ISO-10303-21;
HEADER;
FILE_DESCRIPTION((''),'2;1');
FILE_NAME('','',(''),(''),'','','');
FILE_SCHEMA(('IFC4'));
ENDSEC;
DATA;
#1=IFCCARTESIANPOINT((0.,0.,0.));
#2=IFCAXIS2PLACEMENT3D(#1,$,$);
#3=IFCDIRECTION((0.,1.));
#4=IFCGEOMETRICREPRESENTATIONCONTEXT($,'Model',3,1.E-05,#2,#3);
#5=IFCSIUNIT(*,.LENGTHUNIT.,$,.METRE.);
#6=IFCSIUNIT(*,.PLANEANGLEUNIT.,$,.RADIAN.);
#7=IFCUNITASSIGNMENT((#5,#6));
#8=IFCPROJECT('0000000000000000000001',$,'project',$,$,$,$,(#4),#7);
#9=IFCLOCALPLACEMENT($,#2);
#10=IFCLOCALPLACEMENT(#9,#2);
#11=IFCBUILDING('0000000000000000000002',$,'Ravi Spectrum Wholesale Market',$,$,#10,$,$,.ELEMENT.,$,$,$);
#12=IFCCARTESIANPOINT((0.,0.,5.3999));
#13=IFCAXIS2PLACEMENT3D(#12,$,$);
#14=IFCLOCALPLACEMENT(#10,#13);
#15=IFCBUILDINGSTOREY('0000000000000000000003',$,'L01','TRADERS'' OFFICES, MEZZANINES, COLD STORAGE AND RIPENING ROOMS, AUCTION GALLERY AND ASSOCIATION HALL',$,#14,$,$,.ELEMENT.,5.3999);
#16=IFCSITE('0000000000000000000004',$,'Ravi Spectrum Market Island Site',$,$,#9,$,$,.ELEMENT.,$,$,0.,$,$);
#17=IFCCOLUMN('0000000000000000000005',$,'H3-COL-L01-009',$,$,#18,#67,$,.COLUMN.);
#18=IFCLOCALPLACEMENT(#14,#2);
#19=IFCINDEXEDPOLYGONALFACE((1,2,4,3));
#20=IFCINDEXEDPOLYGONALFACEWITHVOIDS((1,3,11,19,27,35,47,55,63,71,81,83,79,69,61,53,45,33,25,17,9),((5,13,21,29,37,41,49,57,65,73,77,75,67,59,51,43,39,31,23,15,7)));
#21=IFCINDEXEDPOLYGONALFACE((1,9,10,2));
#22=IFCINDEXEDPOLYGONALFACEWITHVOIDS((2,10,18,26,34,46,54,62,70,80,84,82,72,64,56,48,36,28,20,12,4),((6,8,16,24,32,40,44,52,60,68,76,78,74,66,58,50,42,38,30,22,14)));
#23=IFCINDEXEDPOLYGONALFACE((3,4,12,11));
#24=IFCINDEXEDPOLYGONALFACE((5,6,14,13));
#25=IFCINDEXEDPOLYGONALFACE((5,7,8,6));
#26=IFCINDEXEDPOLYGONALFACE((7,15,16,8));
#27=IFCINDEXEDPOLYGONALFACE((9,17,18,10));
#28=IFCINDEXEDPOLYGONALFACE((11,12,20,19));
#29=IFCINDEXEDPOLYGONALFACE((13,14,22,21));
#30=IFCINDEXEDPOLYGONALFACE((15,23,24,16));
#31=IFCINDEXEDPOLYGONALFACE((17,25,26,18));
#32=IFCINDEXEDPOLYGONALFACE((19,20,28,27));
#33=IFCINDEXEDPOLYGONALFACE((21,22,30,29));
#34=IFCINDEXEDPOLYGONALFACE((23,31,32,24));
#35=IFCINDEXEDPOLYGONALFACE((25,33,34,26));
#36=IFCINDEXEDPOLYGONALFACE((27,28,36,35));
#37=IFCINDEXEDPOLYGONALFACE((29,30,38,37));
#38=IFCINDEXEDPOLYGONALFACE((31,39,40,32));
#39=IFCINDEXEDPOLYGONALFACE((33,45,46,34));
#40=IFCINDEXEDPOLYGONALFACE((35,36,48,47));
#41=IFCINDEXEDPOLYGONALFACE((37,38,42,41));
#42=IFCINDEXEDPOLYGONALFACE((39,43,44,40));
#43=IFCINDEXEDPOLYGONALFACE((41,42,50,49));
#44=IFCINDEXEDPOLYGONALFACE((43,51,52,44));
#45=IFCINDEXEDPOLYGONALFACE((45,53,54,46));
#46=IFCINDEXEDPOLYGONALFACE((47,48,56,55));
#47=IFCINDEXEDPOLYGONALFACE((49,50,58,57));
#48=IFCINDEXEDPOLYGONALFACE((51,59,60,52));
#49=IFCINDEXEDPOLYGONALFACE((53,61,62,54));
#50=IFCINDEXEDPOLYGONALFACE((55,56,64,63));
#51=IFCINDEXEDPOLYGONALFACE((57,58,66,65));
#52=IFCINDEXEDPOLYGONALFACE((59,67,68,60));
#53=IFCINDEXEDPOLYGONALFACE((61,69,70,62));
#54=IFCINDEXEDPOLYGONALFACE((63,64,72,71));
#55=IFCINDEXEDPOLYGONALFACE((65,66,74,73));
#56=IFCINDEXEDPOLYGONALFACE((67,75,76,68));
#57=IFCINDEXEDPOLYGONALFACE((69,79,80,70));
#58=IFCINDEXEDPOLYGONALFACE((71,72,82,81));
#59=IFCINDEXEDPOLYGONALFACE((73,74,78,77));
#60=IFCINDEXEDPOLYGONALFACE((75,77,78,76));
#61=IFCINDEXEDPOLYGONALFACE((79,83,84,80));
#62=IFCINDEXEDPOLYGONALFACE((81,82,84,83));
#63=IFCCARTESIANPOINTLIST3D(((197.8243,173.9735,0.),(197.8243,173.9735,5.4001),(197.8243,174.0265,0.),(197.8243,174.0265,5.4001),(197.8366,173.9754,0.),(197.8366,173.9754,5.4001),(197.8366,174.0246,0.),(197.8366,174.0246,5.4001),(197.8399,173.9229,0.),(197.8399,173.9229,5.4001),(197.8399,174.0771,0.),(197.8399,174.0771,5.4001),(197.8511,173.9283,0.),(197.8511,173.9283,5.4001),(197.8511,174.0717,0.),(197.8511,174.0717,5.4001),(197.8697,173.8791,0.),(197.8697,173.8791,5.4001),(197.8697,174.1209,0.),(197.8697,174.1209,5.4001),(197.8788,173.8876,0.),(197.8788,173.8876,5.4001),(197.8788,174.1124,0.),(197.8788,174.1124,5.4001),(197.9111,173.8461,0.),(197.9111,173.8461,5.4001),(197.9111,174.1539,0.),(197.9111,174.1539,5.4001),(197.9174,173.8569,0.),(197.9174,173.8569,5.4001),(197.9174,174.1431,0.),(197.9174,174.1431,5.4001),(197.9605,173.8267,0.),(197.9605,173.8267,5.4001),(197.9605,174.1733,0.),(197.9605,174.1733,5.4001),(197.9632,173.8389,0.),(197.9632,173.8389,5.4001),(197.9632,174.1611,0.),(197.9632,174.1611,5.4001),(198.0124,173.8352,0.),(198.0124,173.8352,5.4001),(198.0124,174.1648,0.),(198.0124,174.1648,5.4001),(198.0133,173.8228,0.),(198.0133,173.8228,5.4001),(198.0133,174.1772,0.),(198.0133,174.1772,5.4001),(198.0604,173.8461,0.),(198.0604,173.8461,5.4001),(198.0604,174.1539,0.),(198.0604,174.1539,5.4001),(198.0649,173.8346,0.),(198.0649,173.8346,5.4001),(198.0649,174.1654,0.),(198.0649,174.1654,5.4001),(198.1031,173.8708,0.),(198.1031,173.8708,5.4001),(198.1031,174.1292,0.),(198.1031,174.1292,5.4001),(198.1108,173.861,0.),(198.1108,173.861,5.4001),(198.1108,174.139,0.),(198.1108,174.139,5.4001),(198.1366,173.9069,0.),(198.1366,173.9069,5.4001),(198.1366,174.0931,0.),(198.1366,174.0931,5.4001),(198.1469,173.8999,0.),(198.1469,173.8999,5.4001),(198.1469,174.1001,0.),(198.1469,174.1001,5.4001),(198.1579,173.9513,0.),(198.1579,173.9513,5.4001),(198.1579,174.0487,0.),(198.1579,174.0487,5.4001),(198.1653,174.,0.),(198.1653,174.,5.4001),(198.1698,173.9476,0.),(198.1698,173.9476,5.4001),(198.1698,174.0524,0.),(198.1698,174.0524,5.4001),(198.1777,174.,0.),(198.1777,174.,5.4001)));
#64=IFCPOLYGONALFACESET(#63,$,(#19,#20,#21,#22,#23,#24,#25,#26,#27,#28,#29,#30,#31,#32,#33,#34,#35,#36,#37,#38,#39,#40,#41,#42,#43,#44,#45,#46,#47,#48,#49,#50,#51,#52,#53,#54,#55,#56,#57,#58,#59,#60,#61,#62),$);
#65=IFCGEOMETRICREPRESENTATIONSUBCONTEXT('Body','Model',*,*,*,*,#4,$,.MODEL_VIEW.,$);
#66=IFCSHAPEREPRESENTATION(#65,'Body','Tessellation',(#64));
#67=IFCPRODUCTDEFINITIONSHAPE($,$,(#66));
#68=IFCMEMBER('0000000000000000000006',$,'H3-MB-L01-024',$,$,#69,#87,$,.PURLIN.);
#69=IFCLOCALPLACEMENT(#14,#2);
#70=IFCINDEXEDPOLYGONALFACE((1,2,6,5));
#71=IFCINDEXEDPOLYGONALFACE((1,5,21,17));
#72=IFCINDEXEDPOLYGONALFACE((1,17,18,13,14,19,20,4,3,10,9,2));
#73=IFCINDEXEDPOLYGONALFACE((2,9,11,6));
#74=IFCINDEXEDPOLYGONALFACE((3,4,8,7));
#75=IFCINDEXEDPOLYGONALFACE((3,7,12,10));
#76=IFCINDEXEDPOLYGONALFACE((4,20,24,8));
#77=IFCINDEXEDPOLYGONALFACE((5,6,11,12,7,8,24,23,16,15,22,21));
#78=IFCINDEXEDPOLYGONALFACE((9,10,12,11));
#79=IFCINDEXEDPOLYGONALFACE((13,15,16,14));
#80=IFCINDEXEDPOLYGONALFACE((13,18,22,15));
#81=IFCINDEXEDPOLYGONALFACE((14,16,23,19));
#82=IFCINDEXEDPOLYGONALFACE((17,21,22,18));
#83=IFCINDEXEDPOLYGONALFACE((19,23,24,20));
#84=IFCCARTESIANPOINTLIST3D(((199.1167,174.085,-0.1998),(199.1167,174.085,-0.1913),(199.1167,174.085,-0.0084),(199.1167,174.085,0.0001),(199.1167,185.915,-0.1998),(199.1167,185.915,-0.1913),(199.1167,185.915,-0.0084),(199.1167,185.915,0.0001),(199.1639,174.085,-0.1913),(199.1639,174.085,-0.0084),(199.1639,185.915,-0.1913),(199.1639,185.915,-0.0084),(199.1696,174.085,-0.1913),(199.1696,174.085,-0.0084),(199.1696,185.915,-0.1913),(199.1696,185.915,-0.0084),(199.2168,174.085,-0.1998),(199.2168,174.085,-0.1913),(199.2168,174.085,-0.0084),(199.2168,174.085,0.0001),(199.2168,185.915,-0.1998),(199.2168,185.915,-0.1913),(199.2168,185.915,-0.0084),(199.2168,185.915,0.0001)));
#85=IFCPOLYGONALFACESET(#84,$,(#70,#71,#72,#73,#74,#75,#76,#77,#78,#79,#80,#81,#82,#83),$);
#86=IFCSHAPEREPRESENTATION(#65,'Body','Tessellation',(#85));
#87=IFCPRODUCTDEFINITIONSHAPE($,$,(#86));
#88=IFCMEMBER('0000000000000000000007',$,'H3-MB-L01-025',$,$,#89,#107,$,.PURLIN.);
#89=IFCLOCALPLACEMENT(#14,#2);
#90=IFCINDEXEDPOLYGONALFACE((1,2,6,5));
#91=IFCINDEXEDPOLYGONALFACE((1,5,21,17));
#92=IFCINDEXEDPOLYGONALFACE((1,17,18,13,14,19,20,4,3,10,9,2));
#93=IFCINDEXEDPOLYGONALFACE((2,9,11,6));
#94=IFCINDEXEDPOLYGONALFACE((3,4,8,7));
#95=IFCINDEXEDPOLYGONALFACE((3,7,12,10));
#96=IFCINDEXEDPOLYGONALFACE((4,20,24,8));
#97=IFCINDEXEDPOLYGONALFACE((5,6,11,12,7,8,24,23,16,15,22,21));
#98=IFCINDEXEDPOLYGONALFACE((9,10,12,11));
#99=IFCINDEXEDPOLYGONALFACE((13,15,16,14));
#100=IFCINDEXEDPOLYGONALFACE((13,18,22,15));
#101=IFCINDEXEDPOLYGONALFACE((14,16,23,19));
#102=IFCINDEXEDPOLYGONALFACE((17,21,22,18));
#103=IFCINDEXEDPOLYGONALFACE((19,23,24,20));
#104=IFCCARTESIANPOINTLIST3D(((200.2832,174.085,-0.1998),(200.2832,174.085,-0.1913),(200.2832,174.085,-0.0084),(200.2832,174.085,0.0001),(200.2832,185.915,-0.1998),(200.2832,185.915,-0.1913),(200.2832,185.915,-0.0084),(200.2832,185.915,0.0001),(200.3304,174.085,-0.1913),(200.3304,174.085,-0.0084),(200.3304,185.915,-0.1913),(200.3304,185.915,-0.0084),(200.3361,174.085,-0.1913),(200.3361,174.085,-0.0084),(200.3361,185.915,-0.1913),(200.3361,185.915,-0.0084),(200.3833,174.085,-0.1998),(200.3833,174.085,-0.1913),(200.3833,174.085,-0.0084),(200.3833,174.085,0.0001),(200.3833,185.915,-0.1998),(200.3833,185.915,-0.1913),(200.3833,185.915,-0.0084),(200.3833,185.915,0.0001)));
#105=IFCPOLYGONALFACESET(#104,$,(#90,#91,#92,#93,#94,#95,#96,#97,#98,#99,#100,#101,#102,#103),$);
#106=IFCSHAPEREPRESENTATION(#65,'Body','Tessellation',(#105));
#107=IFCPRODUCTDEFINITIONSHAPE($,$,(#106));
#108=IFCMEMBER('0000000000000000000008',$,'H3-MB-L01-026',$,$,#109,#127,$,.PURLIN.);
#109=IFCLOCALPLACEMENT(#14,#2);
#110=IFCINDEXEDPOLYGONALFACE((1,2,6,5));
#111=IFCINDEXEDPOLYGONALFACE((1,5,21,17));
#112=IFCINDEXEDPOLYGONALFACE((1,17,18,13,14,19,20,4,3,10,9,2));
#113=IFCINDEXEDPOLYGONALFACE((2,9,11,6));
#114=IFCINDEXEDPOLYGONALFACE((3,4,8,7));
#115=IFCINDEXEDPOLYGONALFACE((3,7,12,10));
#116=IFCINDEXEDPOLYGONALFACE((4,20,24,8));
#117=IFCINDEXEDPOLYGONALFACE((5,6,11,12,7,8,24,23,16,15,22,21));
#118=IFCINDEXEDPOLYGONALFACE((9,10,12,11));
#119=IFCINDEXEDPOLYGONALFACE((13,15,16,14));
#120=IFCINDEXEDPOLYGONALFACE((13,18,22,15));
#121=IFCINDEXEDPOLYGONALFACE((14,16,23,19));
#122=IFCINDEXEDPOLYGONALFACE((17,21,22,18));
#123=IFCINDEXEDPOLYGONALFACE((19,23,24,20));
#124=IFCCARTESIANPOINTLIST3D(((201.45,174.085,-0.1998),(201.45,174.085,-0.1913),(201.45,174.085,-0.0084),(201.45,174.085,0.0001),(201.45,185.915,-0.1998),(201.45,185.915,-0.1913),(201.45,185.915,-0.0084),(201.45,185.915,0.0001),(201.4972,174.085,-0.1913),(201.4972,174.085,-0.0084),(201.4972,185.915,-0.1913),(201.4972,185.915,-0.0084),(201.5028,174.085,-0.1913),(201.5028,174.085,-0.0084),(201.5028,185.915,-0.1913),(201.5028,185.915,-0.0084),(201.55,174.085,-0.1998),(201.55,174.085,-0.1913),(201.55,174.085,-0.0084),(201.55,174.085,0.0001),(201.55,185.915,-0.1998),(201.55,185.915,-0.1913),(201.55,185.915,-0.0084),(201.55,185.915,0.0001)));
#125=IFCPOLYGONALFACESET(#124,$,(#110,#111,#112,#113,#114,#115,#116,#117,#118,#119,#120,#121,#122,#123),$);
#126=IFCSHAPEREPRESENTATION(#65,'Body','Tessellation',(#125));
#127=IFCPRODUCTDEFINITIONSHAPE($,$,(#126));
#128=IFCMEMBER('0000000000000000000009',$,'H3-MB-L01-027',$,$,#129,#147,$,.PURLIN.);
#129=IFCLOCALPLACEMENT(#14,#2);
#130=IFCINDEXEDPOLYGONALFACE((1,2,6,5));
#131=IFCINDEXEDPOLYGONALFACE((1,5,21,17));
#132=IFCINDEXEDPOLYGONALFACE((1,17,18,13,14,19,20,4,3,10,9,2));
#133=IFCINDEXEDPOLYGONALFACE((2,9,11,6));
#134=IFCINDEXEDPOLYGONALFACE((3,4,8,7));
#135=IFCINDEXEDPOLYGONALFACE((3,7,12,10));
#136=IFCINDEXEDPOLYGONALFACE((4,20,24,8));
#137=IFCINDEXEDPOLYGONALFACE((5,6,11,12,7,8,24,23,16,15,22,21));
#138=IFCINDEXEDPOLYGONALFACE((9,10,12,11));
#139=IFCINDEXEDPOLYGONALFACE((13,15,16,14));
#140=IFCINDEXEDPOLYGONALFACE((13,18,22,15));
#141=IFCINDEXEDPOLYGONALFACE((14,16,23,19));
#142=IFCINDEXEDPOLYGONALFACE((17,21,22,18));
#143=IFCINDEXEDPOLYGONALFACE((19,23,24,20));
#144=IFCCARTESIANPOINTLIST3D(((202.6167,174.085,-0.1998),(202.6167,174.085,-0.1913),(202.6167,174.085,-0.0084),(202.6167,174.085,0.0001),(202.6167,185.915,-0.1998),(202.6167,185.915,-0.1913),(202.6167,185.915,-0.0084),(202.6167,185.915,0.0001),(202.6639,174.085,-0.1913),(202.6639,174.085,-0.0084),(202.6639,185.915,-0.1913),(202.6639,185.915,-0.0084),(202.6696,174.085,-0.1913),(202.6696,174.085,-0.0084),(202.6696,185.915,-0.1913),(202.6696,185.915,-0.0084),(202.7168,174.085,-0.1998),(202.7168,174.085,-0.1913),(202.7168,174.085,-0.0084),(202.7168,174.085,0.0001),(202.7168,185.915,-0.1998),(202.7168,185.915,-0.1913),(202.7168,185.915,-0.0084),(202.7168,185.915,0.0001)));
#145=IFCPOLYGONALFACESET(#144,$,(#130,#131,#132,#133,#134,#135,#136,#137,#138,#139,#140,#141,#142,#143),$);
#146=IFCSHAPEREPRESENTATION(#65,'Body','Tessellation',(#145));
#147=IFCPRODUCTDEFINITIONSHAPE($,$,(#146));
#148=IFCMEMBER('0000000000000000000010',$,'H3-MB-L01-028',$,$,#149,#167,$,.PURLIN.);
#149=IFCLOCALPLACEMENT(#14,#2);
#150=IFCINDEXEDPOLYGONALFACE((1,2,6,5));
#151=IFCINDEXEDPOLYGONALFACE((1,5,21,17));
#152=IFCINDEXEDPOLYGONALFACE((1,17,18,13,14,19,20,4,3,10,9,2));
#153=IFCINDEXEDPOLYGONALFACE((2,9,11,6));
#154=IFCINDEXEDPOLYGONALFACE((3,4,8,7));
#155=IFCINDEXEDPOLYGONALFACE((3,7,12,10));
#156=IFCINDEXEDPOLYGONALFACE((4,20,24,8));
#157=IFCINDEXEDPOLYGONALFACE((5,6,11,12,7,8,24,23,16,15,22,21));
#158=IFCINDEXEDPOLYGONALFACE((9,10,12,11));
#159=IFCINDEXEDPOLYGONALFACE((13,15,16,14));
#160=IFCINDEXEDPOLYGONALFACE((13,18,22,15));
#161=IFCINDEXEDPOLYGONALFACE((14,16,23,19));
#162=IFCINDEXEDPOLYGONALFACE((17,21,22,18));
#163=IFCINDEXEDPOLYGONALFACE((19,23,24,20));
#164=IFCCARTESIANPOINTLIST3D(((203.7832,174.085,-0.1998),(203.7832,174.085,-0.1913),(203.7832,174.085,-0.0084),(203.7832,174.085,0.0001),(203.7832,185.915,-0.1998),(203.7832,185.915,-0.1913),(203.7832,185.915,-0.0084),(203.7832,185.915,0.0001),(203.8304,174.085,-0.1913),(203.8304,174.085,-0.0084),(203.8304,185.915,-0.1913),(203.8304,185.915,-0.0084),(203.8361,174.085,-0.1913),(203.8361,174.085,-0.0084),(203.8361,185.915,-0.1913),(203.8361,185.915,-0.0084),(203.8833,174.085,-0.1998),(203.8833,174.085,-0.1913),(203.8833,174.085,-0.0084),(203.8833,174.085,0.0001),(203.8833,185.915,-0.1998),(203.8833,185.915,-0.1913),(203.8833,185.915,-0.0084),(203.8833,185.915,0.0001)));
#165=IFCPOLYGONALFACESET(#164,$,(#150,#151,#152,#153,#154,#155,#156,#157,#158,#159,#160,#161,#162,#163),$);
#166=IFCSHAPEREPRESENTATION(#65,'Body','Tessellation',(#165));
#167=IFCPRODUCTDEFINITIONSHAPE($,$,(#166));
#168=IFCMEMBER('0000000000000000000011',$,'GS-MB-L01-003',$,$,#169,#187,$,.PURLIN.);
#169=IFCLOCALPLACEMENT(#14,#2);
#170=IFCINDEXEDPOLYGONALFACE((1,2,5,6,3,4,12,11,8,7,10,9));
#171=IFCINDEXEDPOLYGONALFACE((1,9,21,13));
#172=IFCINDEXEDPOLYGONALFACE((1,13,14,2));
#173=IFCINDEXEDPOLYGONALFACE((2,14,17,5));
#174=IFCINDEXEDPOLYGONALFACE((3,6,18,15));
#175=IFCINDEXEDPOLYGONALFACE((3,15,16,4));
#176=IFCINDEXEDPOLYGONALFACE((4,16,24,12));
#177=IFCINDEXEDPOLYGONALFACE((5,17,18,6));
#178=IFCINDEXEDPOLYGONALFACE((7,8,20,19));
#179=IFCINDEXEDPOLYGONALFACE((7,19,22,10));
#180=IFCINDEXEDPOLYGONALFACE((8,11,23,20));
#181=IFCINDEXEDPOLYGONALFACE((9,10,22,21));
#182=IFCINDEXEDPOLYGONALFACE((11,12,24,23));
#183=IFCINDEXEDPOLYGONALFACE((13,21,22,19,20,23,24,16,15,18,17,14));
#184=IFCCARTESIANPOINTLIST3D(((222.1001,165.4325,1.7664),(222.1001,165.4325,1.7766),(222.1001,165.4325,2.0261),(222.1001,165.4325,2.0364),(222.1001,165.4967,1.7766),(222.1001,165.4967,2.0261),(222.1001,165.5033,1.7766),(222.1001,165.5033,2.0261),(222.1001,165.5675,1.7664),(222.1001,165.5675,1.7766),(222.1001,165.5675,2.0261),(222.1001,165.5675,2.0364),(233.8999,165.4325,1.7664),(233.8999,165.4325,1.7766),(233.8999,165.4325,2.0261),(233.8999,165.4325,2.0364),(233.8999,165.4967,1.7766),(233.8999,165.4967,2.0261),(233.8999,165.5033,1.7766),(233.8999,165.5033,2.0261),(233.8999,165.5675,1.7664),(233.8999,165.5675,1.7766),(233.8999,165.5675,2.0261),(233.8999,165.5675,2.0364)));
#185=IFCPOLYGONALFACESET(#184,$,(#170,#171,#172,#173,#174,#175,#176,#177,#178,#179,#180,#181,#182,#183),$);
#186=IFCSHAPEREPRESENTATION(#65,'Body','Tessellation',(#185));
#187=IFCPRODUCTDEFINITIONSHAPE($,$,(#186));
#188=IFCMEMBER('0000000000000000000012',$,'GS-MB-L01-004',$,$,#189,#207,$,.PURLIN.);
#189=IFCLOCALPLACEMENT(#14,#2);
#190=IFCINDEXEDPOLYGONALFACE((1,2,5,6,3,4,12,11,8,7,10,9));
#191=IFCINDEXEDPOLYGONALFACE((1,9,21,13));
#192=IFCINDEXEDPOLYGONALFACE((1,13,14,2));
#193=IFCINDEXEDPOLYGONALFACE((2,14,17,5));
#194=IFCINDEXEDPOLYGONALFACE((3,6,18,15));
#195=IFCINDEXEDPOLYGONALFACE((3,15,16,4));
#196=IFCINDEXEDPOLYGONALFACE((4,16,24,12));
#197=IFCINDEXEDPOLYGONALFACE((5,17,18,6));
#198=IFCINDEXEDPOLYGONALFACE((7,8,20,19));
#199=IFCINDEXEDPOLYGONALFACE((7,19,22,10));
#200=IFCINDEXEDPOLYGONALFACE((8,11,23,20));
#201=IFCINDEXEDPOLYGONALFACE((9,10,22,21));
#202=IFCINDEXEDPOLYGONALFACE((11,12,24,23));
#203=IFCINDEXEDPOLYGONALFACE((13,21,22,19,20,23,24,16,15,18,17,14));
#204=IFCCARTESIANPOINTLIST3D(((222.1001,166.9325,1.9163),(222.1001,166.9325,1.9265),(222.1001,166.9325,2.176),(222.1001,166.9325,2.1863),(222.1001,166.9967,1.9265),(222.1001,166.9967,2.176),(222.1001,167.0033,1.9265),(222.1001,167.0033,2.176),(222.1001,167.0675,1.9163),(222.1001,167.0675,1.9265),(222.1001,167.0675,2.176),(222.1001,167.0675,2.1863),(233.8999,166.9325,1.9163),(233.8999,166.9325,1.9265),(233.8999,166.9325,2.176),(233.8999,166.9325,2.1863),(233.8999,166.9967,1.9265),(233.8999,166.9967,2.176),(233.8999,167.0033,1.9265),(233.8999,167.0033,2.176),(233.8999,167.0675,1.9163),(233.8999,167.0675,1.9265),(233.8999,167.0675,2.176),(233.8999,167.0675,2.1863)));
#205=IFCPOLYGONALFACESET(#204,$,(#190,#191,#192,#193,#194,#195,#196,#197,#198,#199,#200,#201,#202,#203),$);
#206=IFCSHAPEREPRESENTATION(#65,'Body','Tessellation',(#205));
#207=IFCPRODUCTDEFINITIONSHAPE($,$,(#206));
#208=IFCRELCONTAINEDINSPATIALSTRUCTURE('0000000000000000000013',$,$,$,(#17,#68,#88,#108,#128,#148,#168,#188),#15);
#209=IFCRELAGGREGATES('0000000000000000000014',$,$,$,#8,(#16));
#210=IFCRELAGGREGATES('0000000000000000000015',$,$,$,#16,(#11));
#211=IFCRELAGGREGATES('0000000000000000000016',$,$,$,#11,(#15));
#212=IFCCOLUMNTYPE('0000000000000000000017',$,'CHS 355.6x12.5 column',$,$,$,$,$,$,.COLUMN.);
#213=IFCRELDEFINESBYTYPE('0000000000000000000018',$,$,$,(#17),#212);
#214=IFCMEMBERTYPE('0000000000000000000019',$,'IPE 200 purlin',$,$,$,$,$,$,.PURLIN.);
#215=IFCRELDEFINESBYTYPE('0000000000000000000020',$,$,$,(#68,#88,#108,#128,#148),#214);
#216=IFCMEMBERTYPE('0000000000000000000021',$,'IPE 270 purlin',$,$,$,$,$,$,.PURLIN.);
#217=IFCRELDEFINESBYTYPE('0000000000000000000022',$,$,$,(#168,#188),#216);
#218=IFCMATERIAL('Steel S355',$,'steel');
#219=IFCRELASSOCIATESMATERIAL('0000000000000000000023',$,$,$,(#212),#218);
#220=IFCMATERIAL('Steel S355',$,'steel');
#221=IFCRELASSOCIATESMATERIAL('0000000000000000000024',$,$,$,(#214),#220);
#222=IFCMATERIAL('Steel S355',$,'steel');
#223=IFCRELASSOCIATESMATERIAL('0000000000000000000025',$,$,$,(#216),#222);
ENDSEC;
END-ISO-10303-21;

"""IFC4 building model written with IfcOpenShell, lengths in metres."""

from ifc_helpers import new_model, si_unit, direction, frame, origin, origin_2d, place, context, subcontext, project, spatial, hollow_circle, i_section, extrude, material, material_profile, profile_set, type_object, element, save


model = new_model("IFC4")

# Units and contexts
model_context = context("Model", 3, precision=1e-05, world=origin(), true_north=direction((0.0, 1.0)))
body_context = subcontext(model_context, "Body", "Model", "MODEL_VIEW")
ifc_project = project(units=[si_unit("LENGTHUNIT", "METRE"), si_unit("PLANEANGLEUNIT", "RADIAN")], contexts=[model_context])

# Site, building, storey
site_placement = place(None, origin())
site = spatial("IfcSite", under=ifc_project, at=site_placement, Name="Ravi Spectrum Market Island Site", CompositionType="ELEMENT", RefElevation=0.0)
building_placement = place(site_placement, origin())
building = spatial("IfcBuilding", under=site, at=building_placement, Name="Ravi Spectrum Wholesale Market", CompositionType="ELEMENT")
storey_placement = place(building_placement, frame((0.0, 0.0, 5.3999)))
storey = spatial("IfcBuildingStorey", under=building, at=storey_placement, Name="L01", Description="TRADERS' OFFICES, MEZZANINES, COLD STORAGE AND RIPENING ROOMS, AUCTION GALLERY AND ASSOCIATION HALL", CompositionType="ELEMENT", Elevation=5.3999)

# Column
ifc_material_1 = material(Name="Steel S355", Category="steel")
ifc_material_profile_1 = material_profile(ifc_material_1, hollow_circle(Radius=0.1777, WallThickness=0.0125, at=origin_2d()))
ifc_profile_set_1 = profile_set([ifc_material_profile_1], Name="Steel S355")
column_type = type_object("IfcColumnType", Name="CHS 355.6x12.5 column", PredefinedType="COLUMN", material=ifc_profile_set_1)
column_placement = place(storey_placement, frame((198.0, 174.0, 0.0), z_axis=(0.0, 0.0, 1.0), x_axis=(1.0, 0.0, 0.0)))
element("IfcColumn", 1, at=column_placement, inside=storey, type_object=column_type, Name="H3-COL-L01-009", PredefinedType="COLUMN", context=body_context, shape_type="SweptSolid", body=[
    extrude(hollow_circle(Radius=0.1777, WallThickness=0.0125, at=origin_2d()), origin(), (0.0, 0.0, 1.0), 5.4001),
])

# Members
ifc_material_2 = material(Name="Steel S355", Category="steel")
ifc_material_profile_2 = material_profile(ifc_material_2, i_section(OverallWidth=0.1001, OverallDepth=0.2, WebThickness=0.0056, FlangeThickness=0.0085, at=origin_2d()))
ifc_profile_set_2 = profile_set([ifc_material_profile_2], Name="Steel S355")
member_type_1 = type_object("IfcMemberType", Name="IPE 200 purlin", PredefinedType="PURLIN", material=ifc_profile_set_2)
for number, where, z_axis, x_axis, name in (
    (2, (199.1667, 174.085, -0.0999), (0.0, 1.0, 0.0), (-1.0, 0.0, 0.0), "H3-MB-L01-024"),
    (3, (200.3333, 174.085, -0.0999), (0.0, 1.0, 0.0), (-1.0, 0.0, 0.0), "H3-MB-L01-025"),
    (4, (201.5, 174.085, -0.0999), (0.0, 1.0, 0.0), (-1.0, 0.0, 0.0), "H3-MB-L01-026"),
    (5, (202.6667, 174.085, -0.0999), (0.0, 1.0, 0.0), (-1.0, 0.0, 0.0), "H3-MB-L01-027"),
    (6, (203.8333, 174.085, -0.0999), (0.0, 1.0, 0.0), (-1.0, 0.0, 0.0), "H3-MB-L01-028"),
):
    element("IfcMember", number, at=place(storey_placement, frame(where, z_axis=z_axis, x_axis=x_axis)), inside=storey, type_object=member_type_1, Name=name, PredefinedType="PURLIN", context=body_context, shape_type="SweptSolid", body=[
        extrude(i_section(OverallWidth=0.1001, OverallDepth=0.2, WebThickness=0.0056, FlangeThickness=0.0085, at=origin_2d()), origin(), (0.0, 0.0, 1.0), 11.8301),
    ])
ifc_material_3 = material(Name="Steel S355", Category="steel")
ifc_material_profile_3 = material_profile(ifc_material_3, i_section(OverallWidth=0.135, OverallDepth=0.27, WebThickness=0.0066, FlangeThickness=0.0103, at=origin_2d()))
ifc_profile_set_3 = profile_set([ifc_material_profile_3], Name="Steel S355")
member_type_2 = type_object("IfcMemberType", Name="IPE 270 purlin", PredefinedType="PURLIN", material=ifc_profile_set_3)
for number, where, z_axis, x_axis, name in (
    (7, (222.1001, 165.5, 1.9014), (1.0, 0.0, 0.0), (0.0, 1.0, 0.0), "GS-MB-L01-003"),
    (8, (222.1001, 167.0, 2.0513), (1.0, 0.0, 0.0), (0.0, 1.0, 0.0), "GS-MB-L01-004"),
):
    element("IfcMember", number, at=place(storey_placement, frame(where, z_axis=z_axis, x_axis=x_axis)), inside=storey, type_object=member_type_2, Name=name, PredefinedType="PURLIN", context=body_context, shape_type="SweptSolid", body=[
        extrude(i_section(OverallWidth=0.135, OverallDepth=0.27, WebThickness=0.0066, FlangeThickness=0.0103, at=origin_2d()), origin(), (0.0, 0.0, 1.0), 11.7998),
    ])

save(model, "model.ifc")
